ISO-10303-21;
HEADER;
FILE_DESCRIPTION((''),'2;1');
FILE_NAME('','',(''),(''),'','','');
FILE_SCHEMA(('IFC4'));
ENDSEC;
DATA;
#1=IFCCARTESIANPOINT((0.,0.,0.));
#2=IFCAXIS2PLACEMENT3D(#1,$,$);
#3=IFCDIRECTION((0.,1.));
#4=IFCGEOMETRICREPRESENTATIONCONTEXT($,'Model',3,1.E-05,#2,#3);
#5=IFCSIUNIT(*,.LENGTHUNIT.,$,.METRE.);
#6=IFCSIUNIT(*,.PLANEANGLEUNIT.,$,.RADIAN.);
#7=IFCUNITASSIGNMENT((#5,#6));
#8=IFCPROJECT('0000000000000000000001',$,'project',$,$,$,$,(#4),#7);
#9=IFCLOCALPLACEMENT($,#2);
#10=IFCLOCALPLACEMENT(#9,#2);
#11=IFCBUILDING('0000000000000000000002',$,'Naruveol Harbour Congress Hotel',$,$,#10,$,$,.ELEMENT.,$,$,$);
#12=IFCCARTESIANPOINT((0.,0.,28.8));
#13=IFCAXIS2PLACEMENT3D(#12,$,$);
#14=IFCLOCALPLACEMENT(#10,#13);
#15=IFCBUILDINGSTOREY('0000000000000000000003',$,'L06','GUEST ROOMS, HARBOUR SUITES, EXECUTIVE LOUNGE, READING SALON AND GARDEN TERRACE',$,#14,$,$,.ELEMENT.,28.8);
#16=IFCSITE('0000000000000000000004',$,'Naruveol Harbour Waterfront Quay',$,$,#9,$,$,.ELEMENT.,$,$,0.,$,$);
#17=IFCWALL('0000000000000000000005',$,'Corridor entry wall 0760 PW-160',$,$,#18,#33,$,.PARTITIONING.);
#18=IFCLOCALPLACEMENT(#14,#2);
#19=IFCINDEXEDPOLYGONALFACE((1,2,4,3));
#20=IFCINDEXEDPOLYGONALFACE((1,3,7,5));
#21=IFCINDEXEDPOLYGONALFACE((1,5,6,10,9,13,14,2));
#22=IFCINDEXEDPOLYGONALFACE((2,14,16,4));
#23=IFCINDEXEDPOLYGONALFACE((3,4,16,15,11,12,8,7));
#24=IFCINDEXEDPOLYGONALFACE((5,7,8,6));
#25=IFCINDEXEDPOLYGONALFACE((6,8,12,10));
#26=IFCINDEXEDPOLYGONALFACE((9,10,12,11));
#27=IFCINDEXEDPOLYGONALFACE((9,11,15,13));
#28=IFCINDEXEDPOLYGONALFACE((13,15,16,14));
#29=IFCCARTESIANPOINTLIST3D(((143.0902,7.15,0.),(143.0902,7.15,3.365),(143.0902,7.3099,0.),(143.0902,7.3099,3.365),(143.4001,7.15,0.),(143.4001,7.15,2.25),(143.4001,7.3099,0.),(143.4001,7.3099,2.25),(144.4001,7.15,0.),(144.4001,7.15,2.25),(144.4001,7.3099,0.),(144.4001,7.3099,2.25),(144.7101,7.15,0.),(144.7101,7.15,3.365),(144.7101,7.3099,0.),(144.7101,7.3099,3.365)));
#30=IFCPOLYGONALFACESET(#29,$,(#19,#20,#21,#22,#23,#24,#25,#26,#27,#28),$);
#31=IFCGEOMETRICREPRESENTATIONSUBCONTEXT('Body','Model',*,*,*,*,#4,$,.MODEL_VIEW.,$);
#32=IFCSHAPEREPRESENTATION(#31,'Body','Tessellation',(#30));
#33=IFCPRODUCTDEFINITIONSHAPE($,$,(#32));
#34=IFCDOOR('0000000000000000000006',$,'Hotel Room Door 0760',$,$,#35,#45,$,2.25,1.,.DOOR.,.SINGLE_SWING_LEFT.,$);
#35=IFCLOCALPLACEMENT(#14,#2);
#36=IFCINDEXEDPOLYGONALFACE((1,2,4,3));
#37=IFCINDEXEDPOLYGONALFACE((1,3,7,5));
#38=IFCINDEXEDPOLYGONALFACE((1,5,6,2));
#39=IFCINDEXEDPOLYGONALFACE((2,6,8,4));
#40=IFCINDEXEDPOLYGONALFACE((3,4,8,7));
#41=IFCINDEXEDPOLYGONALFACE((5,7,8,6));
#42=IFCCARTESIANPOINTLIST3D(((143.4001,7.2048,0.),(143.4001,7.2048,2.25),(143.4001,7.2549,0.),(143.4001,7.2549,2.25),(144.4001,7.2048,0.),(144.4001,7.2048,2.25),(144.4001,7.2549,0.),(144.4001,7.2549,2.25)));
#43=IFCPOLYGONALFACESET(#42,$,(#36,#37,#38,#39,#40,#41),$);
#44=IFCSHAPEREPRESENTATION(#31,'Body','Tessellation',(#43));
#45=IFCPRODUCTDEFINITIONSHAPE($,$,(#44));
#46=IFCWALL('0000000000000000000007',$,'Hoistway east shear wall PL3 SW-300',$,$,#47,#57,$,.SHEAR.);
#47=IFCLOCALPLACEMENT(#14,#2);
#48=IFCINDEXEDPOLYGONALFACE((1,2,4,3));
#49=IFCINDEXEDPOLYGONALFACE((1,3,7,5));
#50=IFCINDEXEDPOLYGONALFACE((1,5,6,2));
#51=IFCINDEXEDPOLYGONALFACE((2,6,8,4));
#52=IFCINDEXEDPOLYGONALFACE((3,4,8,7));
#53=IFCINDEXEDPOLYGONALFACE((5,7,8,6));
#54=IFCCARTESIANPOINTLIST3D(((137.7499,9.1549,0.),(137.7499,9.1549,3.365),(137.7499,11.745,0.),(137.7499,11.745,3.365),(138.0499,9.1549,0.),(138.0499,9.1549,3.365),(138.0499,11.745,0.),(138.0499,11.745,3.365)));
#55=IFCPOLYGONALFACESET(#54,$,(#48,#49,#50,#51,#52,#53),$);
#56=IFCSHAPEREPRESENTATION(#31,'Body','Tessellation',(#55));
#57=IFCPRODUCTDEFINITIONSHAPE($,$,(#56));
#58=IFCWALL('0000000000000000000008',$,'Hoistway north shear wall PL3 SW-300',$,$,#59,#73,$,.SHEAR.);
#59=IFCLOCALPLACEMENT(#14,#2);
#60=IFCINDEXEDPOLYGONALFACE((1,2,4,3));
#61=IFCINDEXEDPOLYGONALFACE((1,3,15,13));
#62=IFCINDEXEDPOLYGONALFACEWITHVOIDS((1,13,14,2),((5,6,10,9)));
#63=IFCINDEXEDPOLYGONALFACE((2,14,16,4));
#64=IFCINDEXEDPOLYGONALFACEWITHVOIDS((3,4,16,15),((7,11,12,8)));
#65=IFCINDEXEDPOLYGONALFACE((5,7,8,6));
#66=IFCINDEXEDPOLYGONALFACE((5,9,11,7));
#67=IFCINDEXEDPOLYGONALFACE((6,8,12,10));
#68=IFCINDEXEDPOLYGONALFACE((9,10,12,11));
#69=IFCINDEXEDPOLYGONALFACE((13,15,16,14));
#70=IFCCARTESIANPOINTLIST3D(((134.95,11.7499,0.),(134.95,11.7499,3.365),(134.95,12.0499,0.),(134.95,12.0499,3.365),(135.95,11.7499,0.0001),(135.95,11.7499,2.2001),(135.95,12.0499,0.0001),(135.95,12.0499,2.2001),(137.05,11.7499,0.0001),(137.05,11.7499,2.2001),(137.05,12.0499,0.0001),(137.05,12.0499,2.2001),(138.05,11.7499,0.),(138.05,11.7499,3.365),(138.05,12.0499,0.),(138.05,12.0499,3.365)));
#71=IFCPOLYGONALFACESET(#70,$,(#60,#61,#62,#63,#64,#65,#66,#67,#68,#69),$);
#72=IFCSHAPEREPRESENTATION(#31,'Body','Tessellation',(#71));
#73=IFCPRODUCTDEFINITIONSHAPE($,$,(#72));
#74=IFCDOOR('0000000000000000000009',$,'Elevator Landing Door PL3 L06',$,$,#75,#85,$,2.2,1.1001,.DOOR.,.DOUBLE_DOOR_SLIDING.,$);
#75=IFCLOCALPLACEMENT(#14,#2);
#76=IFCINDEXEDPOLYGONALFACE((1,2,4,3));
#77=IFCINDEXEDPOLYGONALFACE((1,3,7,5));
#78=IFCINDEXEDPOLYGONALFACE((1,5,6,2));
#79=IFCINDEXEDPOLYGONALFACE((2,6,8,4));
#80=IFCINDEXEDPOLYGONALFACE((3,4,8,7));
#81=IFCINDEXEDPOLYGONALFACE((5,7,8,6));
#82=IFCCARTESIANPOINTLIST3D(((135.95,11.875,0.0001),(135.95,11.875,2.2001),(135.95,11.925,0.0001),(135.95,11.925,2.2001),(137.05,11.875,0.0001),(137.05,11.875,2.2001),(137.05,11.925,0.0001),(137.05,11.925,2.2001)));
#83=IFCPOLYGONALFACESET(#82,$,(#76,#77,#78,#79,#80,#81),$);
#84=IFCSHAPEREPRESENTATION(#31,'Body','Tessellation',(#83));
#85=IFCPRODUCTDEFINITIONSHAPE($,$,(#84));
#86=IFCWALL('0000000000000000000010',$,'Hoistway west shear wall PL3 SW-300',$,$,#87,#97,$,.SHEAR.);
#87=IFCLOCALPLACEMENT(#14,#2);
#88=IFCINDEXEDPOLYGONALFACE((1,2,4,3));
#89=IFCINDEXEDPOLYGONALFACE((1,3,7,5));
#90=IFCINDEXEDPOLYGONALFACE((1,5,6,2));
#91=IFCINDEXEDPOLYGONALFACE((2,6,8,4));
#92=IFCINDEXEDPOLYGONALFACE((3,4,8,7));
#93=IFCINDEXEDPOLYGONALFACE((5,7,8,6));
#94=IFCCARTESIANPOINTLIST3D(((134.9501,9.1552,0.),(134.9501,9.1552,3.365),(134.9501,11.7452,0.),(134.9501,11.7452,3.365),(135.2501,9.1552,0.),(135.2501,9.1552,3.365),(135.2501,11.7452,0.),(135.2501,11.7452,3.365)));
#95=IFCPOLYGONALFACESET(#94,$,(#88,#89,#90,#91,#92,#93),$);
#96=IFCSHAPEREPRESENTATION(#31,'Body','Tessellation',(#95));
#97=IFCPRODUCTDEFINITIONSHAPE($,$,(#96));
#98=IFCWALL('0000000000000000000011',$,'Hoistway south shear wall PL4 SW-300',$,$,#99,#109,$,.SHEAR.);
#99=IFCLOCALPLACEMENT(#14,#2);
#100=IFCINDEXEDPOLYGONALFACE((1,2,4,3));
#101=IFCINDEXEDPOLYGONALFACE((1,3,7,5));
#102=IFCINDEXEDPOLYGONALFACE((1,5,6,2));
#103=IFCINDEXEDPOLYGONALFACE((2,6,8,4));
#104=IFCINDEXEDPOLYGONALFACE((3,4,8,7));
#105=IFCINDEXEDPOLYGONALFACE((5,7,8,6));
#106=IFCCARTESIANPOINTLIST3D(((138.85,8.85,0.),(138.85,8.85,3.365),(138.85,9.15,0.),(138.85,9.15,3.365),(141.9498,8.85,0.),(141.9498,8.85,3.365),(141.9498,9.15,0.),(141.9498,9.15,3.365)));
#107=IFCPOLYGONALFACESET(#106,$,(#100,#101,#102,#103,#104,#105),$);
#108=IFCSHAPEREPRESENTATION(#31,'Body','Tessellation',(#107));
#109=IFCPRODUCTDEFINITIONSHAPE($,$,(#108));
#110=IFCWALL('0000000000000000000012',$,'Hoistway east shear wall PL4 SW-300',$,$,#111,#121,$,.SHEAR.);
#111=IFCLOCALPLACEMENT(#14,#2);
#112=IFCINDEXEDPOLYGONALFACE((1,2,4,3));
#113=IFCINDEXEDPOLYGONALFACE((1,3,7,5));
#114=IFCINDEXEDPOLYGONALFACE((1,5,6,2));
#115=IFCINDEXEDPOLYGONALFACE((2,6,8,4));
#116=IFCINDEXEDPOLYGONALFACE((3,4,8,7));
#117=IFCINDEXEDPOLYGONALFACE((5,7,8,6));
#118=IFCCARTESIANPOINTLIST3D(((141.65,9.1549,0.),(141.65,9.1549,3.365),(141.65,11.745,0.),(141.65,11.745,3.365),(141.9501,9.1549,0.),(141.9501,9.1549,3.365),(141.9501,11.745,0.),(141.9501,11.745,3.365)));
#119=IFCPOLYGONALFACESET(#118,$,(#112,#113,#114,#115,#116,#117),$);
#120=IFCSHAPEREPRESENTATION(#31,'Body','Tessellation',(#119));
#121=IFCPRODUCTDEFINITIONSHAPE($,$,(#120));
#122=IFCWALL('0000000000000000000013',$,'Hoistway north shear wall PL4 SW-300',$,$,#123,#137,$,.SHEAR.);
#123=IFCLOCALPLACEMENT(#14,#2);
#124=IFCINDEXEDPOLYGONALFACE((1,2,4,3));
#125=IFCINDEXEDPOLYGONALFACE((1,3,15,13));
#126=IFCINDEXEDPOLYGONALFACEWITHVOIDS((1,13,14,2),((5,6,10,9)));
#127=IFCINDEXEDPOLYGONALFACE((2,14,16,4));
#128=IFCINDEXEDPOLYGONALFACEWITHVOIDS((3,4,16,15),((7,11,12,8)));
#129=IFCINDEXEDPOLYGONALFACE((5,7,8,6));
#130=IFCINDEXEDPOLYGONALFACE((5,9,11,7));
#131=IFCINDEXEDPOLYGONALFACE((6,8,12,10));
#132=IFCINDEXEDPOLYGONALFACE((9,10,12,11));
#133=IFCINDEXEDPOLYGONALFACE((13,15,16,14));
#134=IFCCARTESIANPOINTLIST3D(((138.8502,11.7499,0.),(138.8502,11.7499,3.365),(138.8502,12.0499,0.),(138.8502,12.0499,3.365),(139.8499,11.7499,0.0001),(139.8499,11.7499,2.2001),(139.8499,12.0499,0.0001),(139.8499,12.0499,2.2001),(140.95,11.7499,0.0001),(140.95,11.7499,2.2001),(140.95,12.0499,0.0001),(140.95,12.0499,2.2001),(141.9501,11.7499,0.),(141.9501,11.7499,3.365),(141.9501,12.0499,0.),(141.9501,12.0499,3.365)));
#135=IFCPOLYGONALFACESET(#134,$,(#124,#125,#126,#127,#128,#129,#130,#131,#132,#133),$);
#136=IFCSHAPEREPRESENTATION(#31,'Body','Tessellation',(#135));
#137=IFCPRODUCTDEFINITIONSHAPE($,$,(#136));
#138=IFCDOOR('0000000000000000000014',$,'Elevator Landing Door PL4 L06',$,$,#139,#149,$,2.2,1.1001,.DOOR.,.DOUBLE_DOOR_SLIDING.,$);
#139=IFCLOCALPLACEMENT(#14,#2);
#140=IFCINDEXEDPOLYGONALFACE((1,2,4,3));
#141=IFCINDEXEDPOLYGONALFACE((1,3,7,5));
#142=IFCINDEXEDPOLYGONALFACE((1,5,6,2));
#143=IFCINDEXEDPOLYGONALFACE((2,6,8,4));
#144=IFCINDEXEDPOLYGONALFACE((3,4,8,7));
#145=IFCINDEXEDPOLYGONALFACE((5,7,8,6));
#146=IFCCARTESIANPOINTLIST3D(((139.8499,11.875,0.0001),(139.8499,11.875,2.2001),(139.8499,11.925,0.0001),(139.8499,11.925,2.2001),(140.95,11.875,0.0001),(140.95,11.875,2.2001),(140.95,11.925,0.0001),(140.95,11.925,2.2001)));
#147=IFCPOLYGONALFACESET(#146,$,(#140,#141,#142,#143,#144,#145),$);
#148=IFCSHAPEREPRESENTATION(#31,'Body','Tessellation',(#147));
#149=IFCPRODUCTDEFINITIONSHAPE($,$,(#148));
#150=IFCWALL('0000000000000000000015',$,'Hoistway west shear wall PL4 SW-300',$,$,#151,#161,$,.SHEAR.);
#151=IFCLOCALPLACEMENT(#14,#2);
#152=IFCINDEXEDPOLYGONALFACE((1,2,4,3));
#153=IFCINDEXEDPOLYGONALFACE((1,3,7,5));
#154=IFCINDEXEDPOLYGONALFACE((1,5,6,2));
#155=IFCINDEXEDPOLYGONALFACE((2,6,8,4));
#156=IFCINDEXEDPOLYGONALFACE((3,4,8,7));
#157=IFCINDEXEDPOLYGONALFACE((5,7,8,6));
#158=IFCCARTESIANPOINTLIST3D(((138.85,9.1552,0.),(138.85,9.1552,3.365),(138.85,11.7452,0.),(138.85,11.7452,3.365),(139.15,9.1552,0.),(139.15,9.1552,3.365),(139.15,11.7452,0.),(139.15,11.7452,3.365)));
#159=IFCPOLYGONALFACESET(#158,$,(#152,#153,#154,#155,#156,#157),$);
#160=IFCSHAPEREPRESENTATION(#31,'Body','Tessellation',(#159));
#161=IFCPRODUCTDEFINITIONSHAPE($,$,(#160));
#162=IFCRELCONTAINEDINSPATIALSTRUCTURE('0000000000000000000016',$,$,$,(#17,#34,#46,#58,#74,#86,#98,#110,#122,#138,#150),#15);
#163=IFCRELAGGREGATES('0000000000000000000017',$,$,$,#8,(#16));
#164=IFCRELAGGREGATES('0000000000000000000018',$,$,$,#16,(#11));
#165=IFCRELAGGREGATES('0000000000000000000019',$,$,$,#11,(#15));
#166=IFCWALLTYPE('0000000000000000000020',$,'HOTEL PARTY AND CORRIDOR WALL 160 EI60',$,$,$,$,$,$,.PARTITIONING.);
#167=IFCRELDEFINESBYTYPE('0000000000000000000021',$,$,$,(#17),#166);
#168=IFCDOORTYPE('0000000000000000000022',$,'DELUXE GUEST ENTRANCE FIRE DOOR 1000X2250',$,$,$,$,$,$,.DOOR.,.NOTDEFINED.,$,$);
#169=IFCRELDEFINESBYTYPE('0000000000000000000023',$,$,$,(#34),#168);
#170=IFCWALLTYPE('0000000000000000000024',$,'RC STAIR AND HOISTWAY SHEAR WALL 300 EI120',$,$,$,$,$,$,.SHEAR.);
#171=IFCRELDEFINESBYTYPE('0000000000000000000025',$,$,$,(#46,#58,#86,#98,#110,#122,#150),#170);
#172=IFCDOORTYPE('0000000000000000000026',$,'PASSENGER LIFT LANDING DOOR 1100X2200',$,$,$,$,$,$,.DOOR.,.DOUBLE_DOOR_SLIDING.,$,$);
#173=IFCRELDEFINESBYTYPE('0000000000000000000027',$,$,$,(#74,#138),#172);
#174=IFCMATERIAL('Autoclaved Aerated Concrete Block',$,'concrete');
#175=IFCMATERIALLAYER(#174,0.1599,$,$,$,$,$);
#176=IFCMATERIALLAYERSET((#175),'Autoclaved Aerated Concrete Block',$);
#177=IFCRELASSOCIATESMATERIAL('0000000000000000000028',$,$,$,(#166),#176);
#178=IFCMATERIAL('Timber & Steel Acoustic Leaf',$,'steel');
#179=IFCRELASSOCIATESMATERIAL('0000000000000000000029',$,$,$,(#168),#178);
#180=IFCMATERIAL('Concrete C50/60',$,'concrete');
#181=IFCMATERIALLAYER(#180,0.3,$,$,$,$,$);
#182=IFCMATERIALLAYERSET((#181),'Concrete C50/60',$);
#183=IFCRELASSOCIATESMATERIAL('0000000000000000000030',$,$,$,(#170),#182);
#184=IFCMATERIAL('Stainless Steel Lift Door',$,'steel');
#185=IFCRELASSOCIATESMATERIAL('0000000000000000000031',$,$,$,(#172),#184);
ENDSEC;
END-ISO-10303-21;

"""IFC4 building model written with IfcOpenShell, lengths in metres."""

from ifc_helpers import new_model, si_unit, direction, frame, frame_2d, origin, place, context, subcontext, project, spatial, rectangle, extrude, material, layer, layer_set, type_object, element, fill, save


model = new_model("IFC4")

# Units and contexts
model_context = context("Model", 3, precision=1e-05, world=origin(), true_north=direction((0.0, 1.0)))
body_context = subcontext(model_context, "Body", "Model", "MODEL_VIEW")
ifc_project = project(units=[si_unit("LENGTHUNIT", "METRE"), si_unit("PLANEANGLEUNIT", "RADIAN")], contexts=[model_context])

# Site, building, storey
site_placement = place(None, origin())
site = spatial("IfcSite", under=ifc_project, at=site_placement, Name="Naruveol Harbour Waterfront Quay", CompositionType="ELEMENT", RefElevation=0.0)
building_placement = place(site_placement, origin())
building = spatial("IfcBuilding", under=site, at=building_placement, Name="Naruveol Harbour Congress Hotel", CompositionType="ELEMENT")
storey_placement = place(building_placement, frame((0.0, 0.0, 28.8)))
storey = spatial("IfcBuildingStorey", under=building, at=storey_placement, Name="L06", Description="GUEST ROOMS, HARBOUR SUITES, EXECUTIVE LOUNGE, READING SALON AND GARDEN TERRACE", CompositionType="ELEMENT", Elevation=28.8)

# Shared definitions
ifc_material_1 = material(Name="Autoclaved Aerated Concrete Block", Category="concrete")
ifc_layer_1 = layer(ifc_material_1, 0.1599)
ifc_layer_set_1 = layer_set([ifc_layer_1], Name="Autoclaved Aerated Concrete Block")
wall_type_1 = type_object("IfcWallType", Name="HOTEL PARTY AND CORRIDOR WALL 160 EI60", PredefinedType="PARTITIONING", material=ifc_layer_set_1)

# Shared definitions
ifc_material_2 = material(Name="Timber & Steel Acoustic Leaf", Category="steel")
door_type_1 = type_object("IfcDoorType", Name="DELUXE GUEST ENTRANCE FIRE DOOR 1000X2250", OperationType="NOTDEFINED", PredefinedType="DOOR", material=ifc_material_2)

# Wall, opening, door
wall_1_placement = place(storey_placement, frame((143.0901, 7.23, 0.0), z_axis=(0.0, 0.0, 1.0), x_axis=(1.0, 0.0, 0.0)))
wall_1 = element("IfcWall", 1, at=wall_1_placement, inside=storey, type_object=wall_type_1, Name="Corridor entry wall 0760 PW-160", PredefinedType="PARTITIONING", context=body_context, shape_type="SweptSolid", body=[
    extrude(rectangle(XDim=1.6199, YDim=0.1599, at=frame_2d((0.8101, 0.0))), origin(), (0.0, 0.0, 1.0), 3.365),
])
opening_1_placement = place(wall_1_placement, frame((0.3101, 0.0, 0.0)))
opening_1 = element("IfcOpeningElement", 2, at=opening_1_placement, cuts=wall_1, PredefinedType="OPENING", context=body_context, shape_type="SweptSolid", body=[
    extrude(rectangle(XDim=1.0, YDim=2.25, at=frame_2d((0.5, 1.125))), frame((0.0, 0.0898, 0.0), z_axis=(0.0, -1.0, 0.0), x_axis=(1.0, 0.0, 0.0)), (0.0, 0.0, 1.0), 0.1799),
])
door_1_placement = place(opening_1_placement, origin())
door_1 = element("IfcDoor", 3, at=door_1_placement, inside=storey, type_object=door_type_1, Name="Hotel Room Door 0760", OperationType="SINGLE_SWING_LEFT", OverallHeight=2.25, OverallWidth=1.0, PredefinedType="DOOR", context=body_context, shape_type="SweptSolid", body=[
    extrude(rectangle(XDim=1.0, YDim=2.25, at=frame_2d((0.5, 1.125))), frame((0.0, 0.0249, 0.0), z_axis=(0.0, -1.0, 0.0), x_axis=(1.0, 0.0, 0.0)), (0.0, 0.0, 1.0), 0.05),
])
fill(opening_1, door_1)

# Wall
ifc_material_3 = material(Name="Concrete C50/60", Category="concrete")
ifc_layer_2 = layer(ifc_material_3, 0.3)
ifc_layer_set_2 = layer_set([ifc_layer_2], Name="Concrete C50/60")
wall_type_2 = type_object("IfcWallType", Name="RC STAIR AND HOISTWAY SHEAR WALL 300 EI120", PredefinedType="SHEAR", material=ifc_layer_set_2)
wall_2_placement = place(storey_placement, frame((137.8999, 9.155, 0.0), z_axis=(0.0, 0.0, 1.0), x_axis=(0.0, 1.0, 0.0)))
element("IfcWall", 4, at=wall_2_placement, inside=storey, type_object=wall_type_2, Name="Hoistway east shear wall PL3 SW-300", PredefinedType="SHEAR", context=body_context, shape_type="SweptSolid", body=[
    extrude(rectangle(XDim=2.5901, YDim=0.3, at=frame_2d((1.2949, 0.0))), origin(), (0.0, 0.0, 1.0), 3.365),
])

# Wall, opening, door
wall_3_placement = place(storey_placement, frame((138.05, 11.8999, 0.0), z_axis=(0.0, 0.0, 1.0), x_axis=(-1.0, 0.0, 0.0)))
wall_3 = element("IfcWall", 5, at=wall_3_placement, inside=storey, type_object=wall_type_2, Name="Hoistway north shear wall PL3 SW-300", PredefinedType="SHEAR", context=body_context, shape_type="SweptSolid", body=[
    extrude(rectangle(XDim=3.1001, YDim=0.3, at=frame_2d((1.55, 0.0))), origin(), (0.0, 0.0, 1.0), 3.365),
])
opening_2_placement = place(wall_3_placement, frame((1.0, 0.0, 0.0)))
opening_2 = element("IfcOpeningElement", 6, at=opening_2_placement, cuts=wall_3, PredefinedType="OPENING", context=body_context, shape_type="SweptSolid", body=[
    extrude(rectangle(XDim=1.1001, YDim=2.2, at=frame_2d((0.55, 1.1001))), frame((0.0, 0.1599, 0.0), z_axis=(0.0, -1.0, 0.0), x_axis=(1.0, 0.0, 0.0)), (0.0, 0.0, 1.0), 0.3201),
])
ifc_material_4 = material(Name="Stainless Steel Lift Door", Category="steel")
door_type_2 = type_object("IfcDoorType", Name="PASSENGER LIFT LANDING DOOR 1100X2200", OperationType="DOUBLE_DOOR_SLIDING", PredefinedType="DOOR", material=ifc_material_4)
door_2_placement = place(opening_2_placement, origin())
door_2 = element("IfcDoor", 7, at=door_2_placement, inside=storey, type_object=door_type_2, Name="Elevator Landing Door PL3 L06", OperationType="DOUBLE_DOOR_SLIDING", OverallHeight=2.2, OverallWidth=1.1001, PredefinedType="DOOR", context=body_context, shape_type="SweptSolid", body=[
    extrude(rectangle(XDim=1.1001, YDim=2.2, at=frame_2d((0.55, 1.1001))), frame((0.0, 0.0249, 0.0), z_axis=(0.0, -1.0, 0.0), x_axis=(1.0, 0.0, 0.0)), (0.0, 0.0, 1.0), 0.05),
])
fill(opening_2, door_2)

# Walls
wall_4_placement = place(storey_placement, frame((135.1001, 11.7451, 0.0), z_axis=(0.0, 0.0, 1.0), x_axis=(0.0, -1.0, 0.0)))
element("IfcWall", 8, at=wall_4_placement, inside=storey, type_object=wall_type_2, Name="Hoistway west shear wall PL3 SW-300", PredefinedType="SHEAR", context=body_context, shape_type="SweptSolid", body=[
    extrude(rectangle(XDim=2.5901, YDim=0.3, at=frame_2d((1.2949, 0.0))), origin(), (0.0, 0.0, 1.0), 3.365),
])
wall_5_placement = place(storey_placement, frame((138.8501, 9.0, 0.0), z_axis=(0.0, 0.0, 1.0), x_axis=(1.0, 0.0, 0.0)))
element("IfcWall", 9, at=wall_5_placement, inside=storey, type_object=wall_type_2, Name="Hoistway south shear wall PL4 SW-300", PredefinedType="SHEAR", context=body_context, shape_type="SweptSolid", body=[
    extrude(rectangle(XDim=3.0999, YDim=0.3, at=frame_2d((1.5498, 0.0))), origin(), (0.0, 0.0, 1.0), 3.365),
])
wall_6_placement = place(storey_placement, frame((141.8, 9.155, 0.0), z_axis=(0.0, 0.0, 1.0), x_axis=(0.0, 1.0, 0.0)))
element("IfcWall", 10, at=wall_6_placement, inside=storey, type_object=wall_type_2, Name="Hoistway east shear wall PL4 SW-300", PredefinedType="SHEAR", context=body_context, shape_type="SweptSolid", body=[
    extrude(rectangle(XDim=2.5901, YDim=0.3, at=frame_2d((1.2949, 0.0))), origin(), (0.0, 0.0, 1.0), 3.365),
])

# Wall, opening, door
wall_7_placement = place(storey_placement, frame((141.95, 11.8999, 0.0), z_axis=(0.0, 0.0, 1.0), x_axis=(-1.0, 0.0, 0.0)))
wall_7 = element("IfcWall", 11, at=wall_7_placement, inside=storey, type_object=wall_type_2, Name="Hoistway north shear wall PL4 SW-300", PredefinedType="SHEAR", context=body_context, shape_type="SweptSolid", body=[
    extrude(rectangle(XDim=3.0999, YDim=0.3, at=frame_2d((1.5498, 0.0))), origin(), (0.0, 0.0, 1.0), 3.365),
])
opening_3_placement = place(wall_7_placement, frame((1.0, 0.0, 0.0)))
opening_3 = element("IfcOpeningElement", 12, at=opening_3_placement, cuts=wall_7, PredefinedType="OPENING", context=body_context, shape_type="SweptSolid", body=[
    extrude(rectangle(XDim=1.1001, YDim=2.2, at=frame_2d((0.55, 1.1001))), frame((0.0, 0.1599, 0.0), z_axis=(0.0, -1.0, 0.0), x_axis=(1.0, 0.0, 0.0)), (0.0, 0.0, 1.0), 0.3201),
])
door_3_placement = place(opening_3_placement, origin())
door_3 = element("IfcDoor", 13, at=door_3_placement, inside=storey, type_object=door_type_2, Name="Elevator Landing Door PL4 L06", OperationType="DOUBLE_DOOR_SLIDING", OverallHeight=2.2, OverallWidth=1.1001, PredefinedType="DOOR", context=body_context, shape_type="SweptSolid", body=[
    extrude(rectangle(XDim=1.1001, YDim=2.2, at=frame_2d((0.55, 1.1001))), frame((0.0, 0.0249, 0.0), z_axis=(0.0, -1.0, 0.0), x_axis=(1.0, 0.0, 0.0)), (0.0, 0.0, 1.0), 0.05),
])
fill(opening_3, door_3)

# Wall
wall_8_placement = place(storey_placement, frame((139.0, 11.7451, 0.0), z_axis=(0.0, 0.0, 1.0), x_axis=(0.0, -1.0, 0.0)))
element("IfcWall", 14, at=wall_8_placement, inside=storey, type_object=wall_type_2, Name="Hoistway west shear wall PL4 SW-300", PredefinedType="SHEAR", context=body_context, shape_type="SweptSolid", body=[
    extrude(rectangle(XDim=2.5901, YDim=0.3, at=frame_2d((1.2949, 0.0))), origin(), (0.0, 0.0, 1.0), 3.365),
])

save(model, "model.ifc")
